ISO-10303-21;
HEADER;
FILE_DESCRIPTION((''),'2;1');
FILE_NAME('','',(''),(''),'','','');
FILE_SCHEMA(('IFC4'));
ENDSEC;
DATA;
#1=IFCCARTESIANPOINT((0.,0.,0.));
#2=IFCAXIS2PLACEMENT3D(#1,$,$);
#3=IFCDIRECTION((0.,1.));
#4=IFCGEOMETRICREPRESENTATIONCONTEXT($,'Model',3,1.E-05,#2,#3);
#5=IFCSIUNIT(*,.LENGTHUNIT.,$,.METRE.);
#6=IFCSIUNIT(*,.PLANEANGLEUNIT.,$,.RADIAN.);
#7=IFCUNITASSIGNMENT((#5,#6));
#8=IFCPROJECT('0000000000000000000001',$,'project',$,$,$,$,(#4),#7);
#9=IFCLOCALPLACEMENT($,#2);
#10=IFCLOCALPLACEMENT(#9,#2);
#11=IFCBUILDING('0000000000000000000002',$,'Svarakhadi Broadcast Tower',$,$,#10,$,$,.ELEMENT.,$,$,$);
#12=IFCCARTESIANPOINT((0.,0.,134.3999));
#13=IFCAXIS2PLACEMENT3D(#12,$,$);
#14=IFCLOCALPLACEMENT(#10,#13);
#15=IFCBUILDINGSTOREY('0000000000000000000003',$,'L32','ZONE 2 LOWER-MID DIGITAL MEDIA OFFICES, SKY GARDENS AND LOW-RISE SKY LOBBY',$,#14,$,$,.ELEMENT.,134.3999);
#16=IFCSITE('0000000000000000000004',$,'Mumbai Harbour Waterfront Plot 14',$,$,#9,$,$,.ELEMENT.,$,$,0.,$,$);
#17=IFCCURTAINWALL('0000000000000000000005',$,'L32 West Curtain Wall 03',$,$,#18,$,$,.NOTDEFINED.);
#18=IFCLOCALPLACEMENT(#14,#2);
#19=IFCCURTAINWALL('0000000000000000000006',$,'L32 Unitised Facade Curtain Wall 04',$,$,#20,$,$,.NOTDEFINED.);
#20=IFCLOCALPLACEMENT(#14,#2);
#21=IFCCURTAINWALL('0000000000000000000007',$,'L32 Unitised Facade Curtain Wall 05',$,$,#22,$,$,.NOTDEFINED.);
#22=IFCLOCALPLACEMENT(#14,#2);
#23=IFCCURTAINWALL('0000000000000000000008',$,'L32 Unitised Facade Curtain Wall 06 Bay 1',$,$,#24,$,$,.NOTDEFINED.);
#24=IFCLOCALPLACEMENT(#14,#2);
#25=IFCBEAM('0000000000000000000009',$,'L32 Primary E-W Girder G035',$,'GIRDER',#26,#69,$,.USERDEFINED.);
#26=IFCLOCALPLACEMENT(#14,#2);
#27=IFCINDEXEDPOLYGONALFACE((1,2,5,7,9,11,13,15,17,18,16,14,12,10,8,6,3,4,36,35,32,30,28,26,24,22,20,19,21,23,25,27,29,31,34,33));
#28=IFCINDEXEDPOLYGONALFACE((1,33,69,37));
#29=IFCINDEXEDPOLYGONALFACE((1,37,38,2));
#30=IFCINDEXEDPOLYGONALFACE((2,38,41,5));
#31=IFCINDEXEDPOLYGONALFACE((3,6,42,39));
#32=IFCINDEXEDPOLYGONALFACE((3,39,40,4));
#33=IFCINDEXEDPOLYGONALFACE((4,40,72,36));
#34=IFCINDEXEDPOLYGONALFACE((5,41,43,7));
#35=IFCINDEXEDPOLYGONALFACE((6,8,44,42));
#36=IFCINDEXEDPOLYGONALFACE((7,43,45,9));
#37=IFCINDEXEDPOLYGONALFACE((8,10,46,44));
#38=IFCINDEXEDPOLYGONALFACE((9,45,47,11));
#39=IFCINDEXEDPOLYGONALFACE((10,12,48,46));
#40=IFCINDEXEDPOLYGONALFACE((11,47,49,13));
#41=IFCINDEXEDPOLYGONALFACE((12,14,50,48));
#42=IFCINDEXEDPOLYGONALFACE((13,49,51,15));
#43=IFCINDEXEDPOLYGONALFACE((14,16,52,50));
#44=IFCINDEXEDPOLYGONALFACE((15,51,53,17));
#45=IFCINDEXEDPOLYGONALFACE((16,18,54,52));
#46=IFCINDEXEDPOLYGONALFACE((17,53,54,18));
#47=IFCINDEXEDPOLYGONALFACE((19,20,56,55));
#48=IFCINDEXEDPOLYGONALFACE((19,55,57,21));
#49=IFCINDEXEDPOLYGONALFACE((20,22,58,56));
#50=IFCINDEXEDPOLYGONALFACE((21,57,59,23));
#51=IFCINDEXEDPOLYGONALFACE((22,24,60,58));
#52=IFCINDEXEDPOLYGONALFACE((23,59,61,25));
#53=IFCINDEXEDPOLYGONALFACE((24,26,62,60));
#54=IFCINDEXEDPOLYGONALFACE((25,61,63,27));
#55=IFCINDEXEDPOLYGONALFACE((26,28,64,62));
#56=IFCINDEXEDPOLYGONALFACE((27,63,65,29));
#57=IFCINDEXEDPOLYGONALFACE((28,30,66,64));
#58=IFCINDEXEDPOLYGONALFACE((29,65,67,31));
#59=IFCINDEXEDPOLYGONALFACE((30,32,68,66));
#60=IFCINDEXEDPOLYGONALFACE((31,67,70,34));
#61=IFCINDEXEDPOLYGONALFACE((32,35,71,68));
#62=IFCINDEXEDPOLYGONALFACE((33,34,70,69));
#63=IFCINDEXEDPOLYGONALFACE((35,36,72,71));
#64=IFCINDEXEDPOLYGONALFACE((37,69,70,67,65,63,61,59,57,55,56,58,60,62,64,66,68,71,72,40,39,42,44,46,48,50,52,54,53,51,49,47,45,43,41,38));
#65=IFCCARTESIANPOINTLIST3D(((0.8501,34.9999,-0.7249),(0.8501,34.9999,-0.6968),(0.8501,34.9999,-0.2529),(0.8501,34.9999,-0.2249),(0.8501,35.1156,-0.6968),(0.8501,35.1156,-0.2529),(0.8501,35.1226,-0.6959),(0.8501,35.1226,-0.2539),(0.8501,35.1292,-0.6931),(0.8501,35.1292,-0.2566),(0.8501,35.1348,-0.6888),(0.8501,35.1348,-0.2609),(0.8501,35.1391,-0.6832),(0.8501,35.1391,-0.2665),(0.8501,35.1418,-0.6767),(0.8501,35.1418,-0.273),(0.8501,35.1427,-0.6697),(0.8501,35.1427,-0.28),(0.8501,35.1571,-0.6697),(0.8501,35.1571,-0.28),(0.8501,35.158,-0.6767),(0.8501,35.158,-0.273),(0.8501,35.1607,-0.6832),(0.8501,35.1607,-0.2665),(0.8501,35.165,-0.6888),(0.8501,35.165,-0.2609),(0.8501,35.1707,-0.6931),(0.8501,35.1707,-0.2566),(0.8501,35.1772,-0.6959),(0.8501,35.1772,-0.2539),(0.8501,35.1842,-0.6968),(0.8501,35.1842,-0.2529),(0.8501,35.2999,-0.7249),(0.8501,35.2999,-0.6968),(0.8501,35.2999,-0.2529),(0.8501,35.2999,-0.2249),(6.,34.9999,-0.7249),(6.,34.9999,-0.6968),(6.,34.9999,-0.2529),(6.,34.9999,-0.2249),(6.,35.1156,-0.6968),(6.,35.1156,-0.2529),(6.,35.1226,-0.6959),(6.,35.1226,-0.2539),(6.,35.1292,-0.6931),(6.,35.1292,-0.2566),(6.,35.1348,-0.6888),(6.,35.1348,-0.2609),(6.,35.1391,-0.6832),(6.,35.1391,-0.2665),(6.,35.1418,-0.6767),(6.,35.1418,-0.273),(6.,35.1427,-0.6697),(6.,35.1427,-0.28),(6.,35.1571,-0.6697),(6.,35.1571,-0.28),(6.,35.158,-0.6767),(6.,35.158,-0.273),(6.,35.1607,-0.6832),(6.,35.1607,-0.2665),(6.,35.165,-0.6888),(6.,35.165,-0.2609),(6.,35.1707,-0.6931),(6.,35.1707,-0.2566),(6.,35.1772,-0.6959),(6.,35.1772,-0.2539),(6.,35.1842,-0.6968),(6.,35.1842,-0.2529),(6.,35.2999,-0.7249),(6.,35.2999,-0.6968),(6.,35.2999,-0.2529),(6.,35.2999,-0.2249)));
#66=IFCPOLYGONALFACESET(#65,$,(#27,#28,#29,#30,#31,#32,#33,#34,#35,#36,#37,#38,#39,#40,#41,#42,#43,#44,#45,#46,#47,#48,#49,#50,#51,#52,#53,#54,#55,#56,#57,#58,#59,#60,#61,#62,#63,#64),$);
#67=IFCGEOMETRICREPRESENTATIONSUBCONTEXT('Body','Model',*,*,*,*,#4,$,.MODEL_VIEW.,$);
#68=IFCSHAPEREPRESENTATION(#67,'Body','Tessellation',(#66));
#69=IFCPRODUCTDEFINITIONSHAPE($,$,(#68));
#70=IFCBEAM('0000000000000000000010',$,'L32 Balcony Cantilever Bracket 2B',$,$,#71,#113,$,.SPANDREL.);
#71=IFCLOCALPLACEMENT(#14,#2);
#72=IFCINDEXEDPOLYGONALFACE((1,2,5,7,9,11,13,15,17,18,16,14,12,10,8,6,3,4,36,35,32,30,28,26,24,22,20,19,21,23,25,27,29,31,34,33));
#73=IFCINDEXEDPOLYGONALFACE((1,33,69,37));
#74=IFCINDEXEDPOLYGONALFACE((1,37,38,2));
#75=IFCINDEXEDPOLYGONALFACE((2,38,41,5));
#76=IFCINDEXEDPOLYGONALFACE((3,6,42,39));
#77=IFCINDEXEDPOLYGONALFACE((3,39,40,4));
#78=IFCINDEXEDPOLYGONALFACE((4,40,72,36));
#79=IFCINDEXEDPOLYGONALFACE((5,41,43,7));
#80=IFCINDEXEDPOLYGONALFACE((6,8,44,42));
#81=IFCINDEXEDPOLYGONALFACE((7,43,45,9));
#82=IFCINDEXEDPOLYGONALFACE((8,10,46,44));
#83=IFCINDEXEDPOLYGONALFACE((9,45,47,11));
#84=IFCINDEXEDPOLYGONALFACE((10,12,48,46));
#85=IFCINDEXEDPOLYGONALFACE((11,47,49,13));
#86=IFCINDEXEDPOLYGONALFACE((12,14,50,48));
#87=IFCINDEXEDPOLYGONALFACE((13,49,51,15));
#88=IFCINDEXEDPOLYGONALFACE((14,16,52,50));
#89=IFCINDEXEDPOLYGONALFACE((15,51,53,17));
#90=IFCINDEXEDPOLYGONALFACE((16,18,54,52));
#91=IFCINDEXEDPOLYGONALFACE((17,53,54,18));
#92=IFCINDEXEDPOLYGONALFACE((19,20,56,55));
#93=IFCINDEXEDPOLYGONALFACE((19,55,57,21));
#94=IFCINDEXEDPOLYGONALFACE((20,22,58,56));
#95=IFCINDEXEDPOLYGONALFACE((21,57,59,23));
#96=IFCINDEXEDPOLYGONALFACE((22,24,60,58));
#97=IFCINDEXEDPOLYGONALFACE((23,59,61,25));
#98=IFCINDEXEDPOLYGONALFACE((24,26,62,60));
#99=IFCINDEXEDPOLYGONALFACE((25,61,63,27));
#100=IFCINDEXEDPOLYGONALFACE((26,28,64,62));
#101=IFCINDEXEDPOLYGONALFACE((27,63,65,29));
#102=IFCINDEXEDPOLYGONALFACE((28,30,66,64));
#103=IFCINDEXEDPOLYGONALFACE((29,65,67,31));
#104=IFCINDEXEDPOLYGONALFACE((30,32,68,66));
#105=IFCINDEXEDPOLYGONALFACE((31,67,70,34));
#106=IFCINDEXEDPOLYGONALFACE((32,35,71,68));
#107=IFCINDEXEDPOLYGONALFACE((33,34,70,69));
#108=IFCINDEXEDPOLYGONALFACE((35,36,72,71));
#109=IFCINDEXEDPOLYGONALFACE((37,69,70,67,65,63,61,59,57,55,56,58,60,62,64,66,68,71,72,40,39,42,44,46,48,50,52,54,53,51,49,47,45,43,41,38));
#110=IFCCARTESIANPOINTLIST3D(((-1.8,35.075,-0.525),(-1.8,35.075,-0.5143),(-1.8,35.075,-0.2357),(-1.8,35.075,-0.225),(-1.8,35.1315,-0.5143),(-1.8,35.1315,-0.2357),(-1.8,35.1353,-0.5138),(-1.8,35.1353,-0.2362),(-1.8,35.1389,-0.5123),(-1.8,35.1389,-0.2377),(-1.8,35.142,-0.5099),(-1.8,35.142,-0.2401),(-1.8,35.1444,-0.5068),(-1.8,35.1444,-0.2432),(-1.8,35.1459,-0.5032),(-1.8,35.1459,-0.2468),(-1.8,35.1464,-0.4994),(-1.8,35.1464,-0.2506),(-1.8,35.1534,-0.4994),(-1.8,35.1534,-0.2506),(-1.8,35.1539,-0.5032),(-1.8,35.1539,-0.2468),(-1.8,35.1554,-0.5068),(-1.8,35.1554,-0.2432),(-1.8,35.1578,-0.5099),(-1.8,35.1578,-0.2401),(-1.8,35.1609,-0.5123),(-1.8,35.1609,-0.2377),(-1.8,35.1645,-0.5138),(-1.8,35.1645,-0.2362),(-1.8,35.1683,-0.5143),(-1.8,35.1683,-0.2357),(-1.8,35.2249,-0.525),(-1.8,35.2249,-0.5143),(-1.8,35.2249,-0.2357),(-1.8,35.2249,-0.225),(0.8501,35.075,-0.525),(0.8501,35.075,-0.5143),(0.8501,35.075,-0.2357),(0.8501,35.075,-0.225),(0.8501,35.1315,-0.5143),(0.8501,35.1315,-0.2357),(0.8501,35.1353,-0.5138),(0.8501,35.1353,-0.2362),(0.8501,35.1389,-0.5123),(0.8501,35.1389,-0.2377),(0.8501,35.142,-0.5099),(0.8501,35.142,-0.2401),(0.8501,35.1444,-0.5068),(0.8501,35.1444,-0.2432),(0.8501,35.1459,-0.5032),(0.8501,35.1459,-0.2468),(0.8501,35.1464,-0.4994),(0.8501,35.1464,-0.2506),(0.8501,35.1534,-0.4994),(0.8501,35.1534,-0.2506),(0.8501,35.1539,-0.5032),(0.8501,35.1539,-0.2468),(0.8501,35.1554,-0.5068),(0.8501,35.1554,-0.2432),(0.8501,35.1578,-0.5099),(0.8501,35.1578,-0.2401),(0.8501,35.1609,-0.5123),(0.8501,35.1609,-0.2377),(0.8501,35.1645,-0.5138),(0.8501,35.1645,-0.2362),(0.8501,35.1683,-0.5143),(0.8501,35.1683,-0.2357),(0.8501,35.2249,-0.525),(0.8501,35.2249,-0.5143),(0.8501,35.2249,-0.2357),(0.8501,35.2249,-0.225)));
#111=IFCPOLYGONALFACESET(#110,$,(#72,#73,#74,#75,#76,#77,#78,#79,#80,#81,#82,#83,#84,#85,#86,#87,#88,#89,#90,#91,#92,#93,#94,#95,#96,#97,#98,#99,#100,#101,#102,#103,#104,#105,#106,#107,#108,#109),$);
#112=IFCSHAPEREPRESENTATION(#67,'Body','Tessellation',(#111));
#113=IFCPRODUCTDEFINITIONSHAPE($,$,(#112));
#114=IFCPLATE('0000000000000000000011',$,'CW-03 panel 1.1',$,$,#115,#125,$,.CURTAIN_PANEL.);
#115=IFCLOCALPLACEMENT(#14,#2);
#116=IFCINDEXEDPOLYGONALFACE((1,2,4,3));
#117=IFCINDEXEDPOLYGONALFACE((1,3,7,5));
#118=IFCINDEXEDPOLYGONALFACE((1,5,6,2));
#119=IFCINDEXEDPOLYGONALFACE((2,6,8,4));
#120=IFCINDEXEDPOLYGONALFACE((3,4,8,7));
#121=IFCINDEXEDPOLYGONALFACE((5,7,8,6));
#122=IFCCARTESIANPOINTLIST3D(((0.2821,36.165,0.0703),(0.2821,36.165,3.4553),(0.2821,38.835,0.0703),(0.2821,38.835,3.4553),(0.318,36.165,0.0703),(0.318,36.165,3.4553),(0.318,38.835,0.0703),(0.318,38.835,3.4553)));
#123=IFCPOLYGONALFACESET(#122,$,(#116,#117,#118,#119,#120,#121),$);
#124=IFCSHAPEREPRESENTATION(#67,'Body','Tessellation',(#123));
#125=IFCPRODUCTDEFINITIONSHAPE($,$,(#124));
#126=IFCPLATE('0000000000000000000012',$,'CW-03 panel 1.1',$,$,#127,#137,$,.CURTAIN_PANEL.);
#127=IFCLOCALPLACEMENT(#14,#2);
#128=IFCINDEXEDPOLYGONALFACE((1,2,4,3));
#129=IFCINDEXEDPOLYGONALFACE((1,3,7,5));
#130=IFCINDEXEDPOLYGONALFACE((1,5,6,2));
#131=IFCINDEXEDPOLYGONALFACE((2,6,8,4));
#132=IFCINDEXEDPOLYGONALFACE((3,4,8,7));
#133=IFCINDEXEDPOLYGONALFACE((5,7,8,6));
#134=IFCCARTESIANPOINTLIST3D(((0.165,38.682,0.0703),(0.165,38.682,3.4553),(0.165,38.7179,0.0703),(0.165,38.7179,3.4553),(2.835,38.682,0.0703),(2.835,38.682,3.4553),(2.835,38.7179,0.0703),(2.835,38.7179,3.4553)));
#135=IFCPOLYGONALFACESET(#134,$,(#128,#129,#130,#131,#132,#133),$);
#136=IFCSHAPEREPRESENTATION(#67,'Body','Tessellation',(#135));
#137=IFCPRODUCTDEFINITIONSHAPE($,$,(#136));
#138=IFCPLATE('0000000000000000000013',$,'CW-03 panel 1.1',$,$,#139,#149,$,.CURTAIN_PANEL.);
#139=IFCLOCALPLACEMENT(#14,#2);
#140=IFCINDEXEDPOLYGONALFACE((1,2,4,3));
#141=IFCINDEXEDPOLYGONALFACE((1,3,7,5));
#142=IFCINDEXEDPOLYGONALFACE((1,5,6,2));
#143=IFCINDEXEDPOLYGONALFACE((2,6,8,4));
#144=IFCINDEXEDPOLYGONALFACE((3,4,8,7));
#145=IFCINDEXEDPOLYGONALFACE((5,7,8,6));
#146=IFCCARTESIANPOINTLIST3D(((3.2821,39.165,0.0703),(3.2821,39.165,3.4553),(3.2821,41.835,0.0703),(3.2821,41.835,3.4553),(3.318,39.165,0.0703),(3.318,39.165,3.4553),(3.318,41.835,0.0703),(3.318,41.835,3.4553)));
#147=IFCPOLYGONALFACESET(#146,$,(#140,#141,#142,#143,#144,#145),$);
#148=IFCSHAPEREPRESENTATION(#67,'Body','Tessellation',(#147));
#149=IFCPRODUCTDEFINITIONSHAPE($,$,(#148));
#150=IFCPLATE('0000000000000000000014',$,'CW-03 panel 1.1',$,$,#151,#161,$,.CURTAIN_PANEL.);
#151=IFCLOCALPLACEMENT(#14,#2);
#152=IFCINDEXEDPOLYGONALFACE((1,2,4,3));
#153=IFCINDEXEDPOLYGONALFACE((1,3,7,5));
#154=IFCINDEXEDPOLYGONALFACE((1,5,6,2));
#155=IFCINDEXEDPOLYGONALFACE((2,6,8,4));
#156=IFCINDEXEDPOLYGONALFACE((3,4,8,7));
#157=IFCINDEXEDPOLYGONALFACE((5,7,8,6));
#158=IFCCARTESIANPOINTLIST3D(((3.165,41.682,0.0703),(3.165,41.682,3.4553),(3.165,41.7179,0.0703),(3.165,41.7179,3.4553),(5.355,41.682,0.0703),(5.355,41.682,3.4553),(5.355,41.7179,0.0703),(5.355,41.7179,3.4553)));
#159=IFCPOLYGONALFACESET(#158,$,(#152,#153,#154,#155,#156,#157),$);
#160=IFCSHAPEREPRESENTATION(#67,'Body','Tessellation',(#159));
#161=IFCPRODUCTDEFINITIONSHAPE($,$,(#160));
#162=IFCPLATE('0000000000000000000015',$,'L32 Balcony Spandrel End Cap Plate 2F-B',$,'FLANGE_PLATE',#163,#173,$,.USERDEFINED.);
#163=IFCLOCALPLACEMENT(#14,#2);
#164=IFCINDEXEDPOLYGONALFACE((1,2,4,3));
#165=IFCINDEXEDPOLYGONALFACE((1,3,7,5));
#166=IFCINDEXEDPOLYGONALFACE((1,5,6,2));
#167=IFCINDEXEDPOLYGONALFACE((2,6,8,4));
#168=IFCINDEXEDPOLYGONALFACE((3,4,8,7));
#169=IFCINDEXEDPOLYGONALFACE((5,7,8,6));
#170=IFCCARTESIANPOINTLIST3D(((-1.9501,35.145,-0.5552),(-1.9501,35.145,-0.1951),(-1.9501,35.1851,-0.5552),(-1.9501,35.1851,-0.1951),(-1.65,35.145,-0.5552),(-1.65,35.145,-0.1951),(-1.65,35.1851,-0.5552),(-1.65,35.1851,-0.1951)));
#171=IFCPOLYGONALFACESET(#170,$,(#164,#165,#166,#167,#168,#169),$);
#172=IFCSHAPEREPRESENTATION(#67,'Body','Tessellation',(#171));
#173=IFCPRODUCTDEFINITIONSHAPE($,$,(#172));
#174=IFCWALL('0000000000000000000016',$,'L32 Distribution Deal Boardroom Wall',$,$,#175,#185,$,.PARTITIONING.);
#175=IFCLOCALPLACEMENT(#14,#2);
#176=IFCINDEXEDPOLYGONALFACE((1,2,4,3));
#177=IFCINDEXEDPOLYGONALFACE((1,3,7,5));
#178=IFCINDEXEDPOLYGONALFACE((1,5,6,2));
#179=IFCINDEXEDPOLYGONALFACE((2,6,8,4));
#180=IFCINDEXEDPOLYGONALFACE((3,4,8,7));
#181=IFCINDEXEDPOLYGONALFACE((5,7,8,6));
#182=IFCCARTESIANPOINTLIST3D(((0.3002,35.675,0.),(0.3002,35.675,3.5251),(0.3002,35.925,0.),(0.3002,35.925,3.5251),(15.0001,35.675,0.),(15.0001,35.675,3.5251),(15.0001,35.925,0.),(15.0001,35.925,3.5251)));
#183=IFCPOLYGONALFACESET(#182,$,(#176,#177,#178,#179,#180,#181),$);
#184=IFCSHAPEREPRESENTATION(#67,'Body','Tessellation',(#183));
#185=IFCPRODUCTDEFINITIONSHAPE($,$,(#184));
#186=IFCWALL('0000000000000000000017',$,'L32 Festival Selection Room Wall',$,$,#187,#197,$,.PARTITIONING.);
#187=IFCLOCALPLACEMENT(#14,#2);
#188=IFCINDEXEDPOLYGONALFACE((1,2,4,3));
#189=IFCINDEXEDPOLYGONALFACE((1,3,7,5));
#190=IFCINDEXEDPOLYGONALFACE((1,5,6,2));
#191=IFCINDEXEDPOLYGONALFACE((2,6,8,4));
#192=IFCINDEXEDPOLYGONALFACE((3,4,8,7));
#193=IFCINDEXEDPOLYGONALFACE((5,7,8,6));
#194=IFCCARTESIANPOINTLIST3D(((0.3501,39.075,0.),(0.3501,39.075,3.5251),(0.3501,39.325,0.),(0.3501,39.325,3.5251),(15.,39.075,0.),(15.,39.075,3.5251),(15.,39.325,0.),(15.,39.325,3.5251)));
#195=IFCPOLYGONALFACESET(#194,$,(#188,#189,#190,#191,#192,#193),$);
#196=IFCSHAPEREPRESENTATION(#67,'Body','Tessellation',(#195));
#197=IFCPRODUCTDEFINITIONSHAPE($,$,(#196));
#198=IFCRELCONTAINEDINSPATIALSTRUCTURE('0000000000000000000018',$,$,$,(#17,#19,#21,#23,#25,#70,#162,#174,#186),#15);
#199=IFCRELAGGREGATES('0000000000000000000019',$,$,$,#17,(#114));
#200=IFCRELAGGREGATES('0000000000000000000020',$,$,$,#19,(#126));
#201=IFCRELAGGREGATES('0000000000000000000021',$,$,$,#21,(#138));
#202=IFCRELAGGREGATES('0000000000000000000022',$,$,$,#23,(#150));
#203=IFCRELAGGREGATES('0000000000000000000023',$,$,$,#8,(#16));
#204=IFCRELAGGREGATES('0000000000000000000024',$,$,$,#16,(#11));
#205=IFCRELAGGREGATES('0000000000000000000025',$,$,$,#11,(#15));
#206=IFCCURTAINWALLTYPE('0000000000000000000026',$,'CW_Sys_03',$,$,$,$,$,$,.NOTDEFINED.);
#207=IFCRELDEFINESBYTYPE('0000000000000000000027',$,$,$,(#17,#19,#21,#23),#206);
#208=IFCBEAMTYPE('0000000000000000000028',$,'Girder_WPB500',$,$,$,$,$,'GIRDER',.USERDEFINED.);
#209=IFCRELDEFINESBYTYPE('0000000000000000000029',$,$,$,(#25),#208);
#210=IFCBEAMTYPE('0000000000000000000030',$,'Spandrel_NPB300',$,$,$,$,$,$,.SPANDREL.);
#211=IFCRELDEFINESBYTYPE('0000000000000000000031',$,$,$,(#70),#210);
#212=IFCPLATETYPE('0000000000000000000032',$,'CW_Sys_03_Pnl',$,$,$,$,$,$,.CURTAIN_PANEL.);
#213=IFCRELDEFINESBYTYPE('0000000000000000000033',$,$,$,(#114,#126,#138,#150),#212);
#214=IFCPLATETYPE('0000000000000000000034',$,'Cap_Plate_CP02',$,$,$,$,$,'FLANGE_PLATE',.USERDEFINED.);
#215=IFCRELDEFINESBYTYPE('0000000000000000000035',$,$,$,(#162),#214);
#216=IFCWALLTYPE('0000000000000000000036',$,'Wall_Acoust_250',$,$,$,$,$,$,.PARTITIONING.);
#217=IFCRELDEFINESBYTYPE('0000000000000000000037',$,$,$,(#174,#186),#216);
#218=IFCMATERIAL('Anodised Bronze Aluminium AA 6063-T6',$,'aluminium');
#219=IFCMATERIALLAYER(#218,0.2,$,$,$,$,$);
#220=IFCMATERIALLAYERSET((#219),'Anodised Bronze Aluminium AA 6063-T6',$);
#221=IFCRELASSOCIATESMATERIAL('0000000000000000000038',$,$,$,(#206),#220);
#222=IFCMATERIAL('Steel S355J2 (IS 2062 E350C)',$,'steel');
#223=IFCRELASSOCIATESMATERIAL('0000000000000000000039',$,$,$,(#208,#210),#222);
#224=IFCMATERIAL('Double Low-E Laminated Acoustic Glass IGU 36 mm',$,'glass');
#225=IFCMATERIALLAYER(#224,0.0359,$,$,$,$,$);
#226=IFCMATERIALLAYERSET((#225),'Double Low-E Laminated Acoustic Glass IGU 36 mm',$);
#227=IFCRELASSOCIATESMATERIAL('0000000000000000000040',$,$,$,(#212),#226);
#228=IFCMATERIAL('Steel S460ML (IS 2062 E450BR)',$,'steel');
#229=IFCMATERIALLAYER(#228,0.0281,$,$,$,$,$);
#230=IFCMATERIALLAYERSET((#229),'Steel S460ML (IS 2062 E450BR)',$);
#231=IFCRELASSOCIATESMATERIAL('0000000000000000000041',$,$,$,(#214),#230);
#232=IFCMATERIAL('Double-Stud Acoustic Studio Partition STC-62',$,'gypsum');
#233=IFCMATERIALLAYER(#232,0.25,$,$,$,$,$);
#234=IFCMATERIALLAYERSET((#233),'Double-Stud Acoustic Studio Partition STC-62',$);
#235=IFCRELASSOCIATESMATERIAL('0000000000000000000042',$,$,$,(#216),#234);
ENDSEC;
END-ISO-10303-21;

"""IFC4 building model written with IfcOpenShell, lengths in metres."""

from ifc_helpers import new_model, si_unit, direction, frame, frame_2d, origin, origin_2d, place, context, subcontext, project, spatial, rectangle, i_section, extrude, material, layer, layer_set, material_profile, profile_set, type_object, element, aggregate, save


model = new_model("IFC4")

# Units and contexts
model_context = context("Model", 3, precision=1e-05, world=origin(), true_north=direction((0.0, 1.0)))
body_context = subcontext(model_context, "Body", "Model", "MODEL_VIEW")
ifc_project = project(units=[si_unit("LENGTHUNIT", "METRE"), si_unit("PLANEANGLEUNIT", "RADIAN")], contexts=[model_context])

# Site, building, storey
site_placement = place(None, origin())
site = spatial("IfcSite", under=ifc_project, at=site_placement, Name="Mumbai Harbour Waterfront Plot 14", CompositionType="ELEMENT", RefElevation=0.0)
building_placement = place(site_placement, origin())
building = spatial("IfcBuilding", under=site, at=building_placement, Name="Svarakhadi Broadcast Tower", CompositionType="ELEMENT")
storey_placement = place(building_placement, frame((0.0, 0.0, 134.3999)))
storey = spatial("IfcBuildingStorey", under=building, at=storey_placement, Name="L32", Description="ZONE 2 LOWER-MID DIGITAL MEDIA OFFICES, SKY GARDENS AND LOW-RISE SKY LOBBY", CompositionType="ELEMENT", Elevation=134.3999)

# Shared definitions
ifc_material_1 = material(Name="Steel S460ML (IS 2062 E450BR)", Category="steel")

# Curtain walls
ifc_material_2 = material(Name="Anodised Bronze Aluminium AA 6063-T6", Category="aluminium")
ifc_layer_1 = layer(ifc_material_2, 0.2)
ifc_layer_set_1 = layer_set([ifc_layer_1], Name="Anodised Bronze Aluminium AA 6063-T6")
curtain_wall_type = type_object("IfcCurtainWallType", Name="CW_Sys_03", PredefinedType="NOTDEFINED", material=ifc_layer_set_1)
curtain_wall_1_placement = place(storey_placement, origin())
curtain_wall_1 = element("IfcCurtainWall", 1, at=curtain_wall_1_placement, inside=storey, type_object=curtain_wall_type, Name="L32 West Curtain Wall 03", PredefinedType="NOTDEFINED")
curtain_wall_2_placement = place(storey_placement, origin())
curtain_wall_2 = element("IfcCurtainWall", 2, at=curtain_wall_2_placement, inside=storey, type_object=curtain_wall_type, Name="L32 Unitised Facade Curtain Wall 04", PredefinedType="NOTDEFINED")
curtain_wall_3_placement = place(storey_placement, origin())
curtain_wall_3 = element("IfcCurtainWall", 3, at=curtain_wall_3_placement, inside=storey, type_object=curtain_wall_type, Name="L32 Unitised Facade Curtain Wall 05", PredefinedType="NOTDEFINED")
curtain_wall_4_placement = place(storey_placement, origin())
curtain_wall_4 = element("IfcCurtainWall", 4, at=curtain_wall_4_placement, inside=storey, type_object=curtain_wall_type, Name="L32 Unitised Facade Curtain Wall 06 Bay 1", PredefinedType="NOTDEFINED")

# Beams
ifc_material_3 = material(Name="Steel S355J2 (IS 2062 E350C)", Category="steel")
ifc_material_profile_1 = material_profile(ifc_material_3, i_section(OverallWidth=0.3, OverallDepth=0.5, WebThickness=0.0144, FlangeThickness=0.0281, FilletRadius=0.0271, at=origin_2d()), Name="WPB 500x300x187")
ifc_profile_set_1 = profile_set([ifc_material_profile_1], Name="Steel S355J2 (IS 2062 E350C)")
beam_type_1 = type_object("IfcBeamType", Name="Girder_WPB500", ElementType="GIRDER", PredefinedType="USERDEFINED", material=ifc_profile_set_1)
beam_1_placement = place(storey_placement, frame((0.8501, 35.1499, -0.4749), z_axis=(1.0, 0.0, 0.0), x_axis=(0.0, 1.0, 0.0)))
element("IfcBeam", 5, at=beam_1_placement, inside=storey, type_object=beam_type_1, Name="L32 Primary E-W Girder G035", ObjectType="GIRDER", PredefinedType="USERDEFINED", context=body_context, shape_type="SweptSolid", body=[
    extrude(i_section(OverallWidth=0.3, OverallDepth=0.5, WebThickness=0.0144, FlangeThickness=0.0281, FilletRadius=0.0271, at=origin_2d()), origin(), (0.0, 0.0, 1.0), 5.1499),
])
ifc_material_profile_2 = material_profile(ifc_material_3, i_section(OverallWidth=0.1499, OverallDepth=0.3, WebThickness=0.0071, FlangeThickness=0.0107, FilletRadius=0.0149, at=origin_2d()), Name="NPB 300x150x37")
ifc_profile_set_2 = profile_set([ifc_material_profile_2], Name="Steel S355J2 (IS 2062 E350C)")
beam_type_2 = type_object("IfcBeamType", Name="Spandrel_NPB300", PredefinedType="SPANDREL", material=ifc_profile_set_2)
beam_2_placement = place(storey_placement, frame((0.8501, 35.1499, -0.375), z_axis=(-1.0, 0.0, 0.0), x_axis=(0.0, -1.0, 0.0)))
element("IfcBeam", 6, at=beam_2_placement, inside=storey, type_object=beam_type_2, Name="L32 Balcony Cantilever Bracket 2B", PredefinedType="SPANDREL", context=body_context, shape_type="SweptSolid", body=[
    extrude(i_section(OverallWidth=0.1499, OverallDepth=0.3, WebThickness=0.0071, FlangeThickness=0.0107, FilletRadius=0.0149, at=origin_2d()), origin(), (0.0, 0.0, 1.0), 2.6501),
])

# Plates
ifc_material_4 = material(Name="Double Low-E Laminated Acoustic Glass IGU 36 mm", Category="glass")
ifc_layer_2 = layer(ifc_material_4, 0.0359)
ifc_layer_set_2 = layer_set([ifc_layer_2], Name="Double Low-E Laminated Acoustic Glass IGU 36 mm")
plate_type_1 = type_object("IfcPlateType", Name="CW_Sys_03_Pnl", PredefinedType="CURTAIN_PANEL", material=ifc_layer_set_2)
plate_1_placement = place(storey_placement, frame((0.3, 37.5, 0.0703), z_axis=(0.0, 0.0, 1.0), x_axis=(0.0, 1.0, 0.0)))
plate_1 = element("IfcPlate", 7, at=plate_1_placement, type_object=plate_type_1, Name="CW-03 panel 1.1", PredefinedType="CURTAIN_PANEL", context=body_context, shape_type="SweptSolid", body=[
    extrude(rectangle(XDim=2.6699, YDim=0.0359, at=origin_2d()), origin(), (0.0, 0.0, 1.0), 3.385),
])
aggregate(curtain_wall_1, [plate_1])
plate_2_placement = place(storey_placement, frame((1.5, 38.7, 0.0703), z_axis=(0.0, 0.0, 1.0), x_axis=(1.0, 0.0, 0.0)))
plate_2 = element("IfcPlate", 8, at=plate_2_placement, type_object=plate_type_1, Name="CW-03 panel 1.1", PredefinedType="CURTAIN_PANEL", context=body_context, shape_type="SweptSolid", body=[
    extrude(rectangle(XDim=2.6699, YDim=0.0359, at=origin_2d()), origin(), (0.0, 0.0, 1.0), 3.385),
])
aggregate(curtain_wall_2, [plate_2])
plate_3_placement = place(storey_placement, frame((3.3, 40.5, 0.0703), z_axis=(0.0, 0.0, 1.0), x_axis=(0.0, 1.0, 0.0)))
plate_3 = element("IfcPlate", 9, at=plate_3_placement, type_object=plate_type_1, Name="CW-03 panel 1.1", PredefinedType="CURTAIN_PANEL", context=body_context, shape_type="SweptSolid", body=[
    extrude(rectangle(XDim=2.6699, YDim=0.0359, at=origin_2d()), origin(), (0.0, 0.0, 1.0), 3.385),
])
aggregate(curtain_wall_3, [plate_3])
plate_4_placement = place(storey_placement, frame((4.26, 41.7, 0.0703), z_axis=(0.0, 0.0, 1.0), x_axis=(1.0, 0.0, 0.0)))
plate_4 = element("IfcPlate", 10, at=plate_4_placement, type_object=plate_type_1, Name="CW-03 panel 1.1", PredefinedType="CURTAIN_PANEL", context=body_context, shape_type="SweptSolid", body=[
    extrude(rectangle(XDim=2.1899, YDim=0.0359, at=origin_2d()), origin(), (0.0, 0.0, 1.0), 3.385),
])
aggregate(curtain_wall_4, [plate_4])
ifc_layer_3 = layer(ifc_material_1, 0.0281)
ifc_layer_set_3 = layer_set([ifc_layer_3], Name="Steel S460ML (IS 2062 E450BR)")
plate_type_2 = type_object("IfcPlateType", Name="Cap_Plate_CP02", ElementType="FLANGE_PLATE", PredefinedType="USERDEFINED", material=ifc_layer_set_3)
plate_5_placement = place(storey_placement, frame((-1.8, 35.165, -0.5552), z_axis=(0.0, 0.0, 1.0), x_axis=(1.0, 0.0, 0.0)))
element("IfcPlate", 11, at=plate_5_placement, inside=storey, type_object=plate_type_2, Name="L32 Balcony Spandrel End Cap Plate 2F-B", ObjectType="FLANGE_PLATE", PredefinedType="USERDEFINED", context=body_context, shape_type="SweptSolid", body=[
    extrude(rectangle(XDim=0.3, YDim=0.04, at=origin_2d()), origin(), (0.0, 0.0, 1.0), 0.3601),
])

# Walls
ifc_material_5 = material(Name="Double-Stud Acoustic Studio Partition STC-62", Category="gypsum")
ifc_layer_4 = layer(ifc_material_5, 0.25)
ifc_layer_set_4 = layer_set([ifc_layer_4], Name="Double-Stud Acoustic Studio Partition STC-62")
wall_type_1 = type_object("IfcWallType", Name="Wall_Acoust_250", PredefinedType="PARTITIONING", material=ifc_layer_set_4)
wall_1_placement = place(storey_placement, frame((0.3, 35.8, 0.0), z_axis=(0.0, 0.0, 1.0), x_axis=(1.0, 0.0, 0.0)))
element("IfcWall", 12, at=wall_1_placement, inside=storey, type_object=wall_type_1, Name="L32 Distribution Deal Boardroom Wall", PredefinedType="PARTITIONING", context=body_context, shape_type="SweptSolid", body=[
    extrude(rectangle(XDim=14.7, YDim=0.25, at=frame_2d((7.3501, 0.0))), origin(), (0.0, 0.0, 1.0), 3.5251),
])
wall_2_placement = place(storey_placement, frame((0.3501, 39.2, 0.0), z_axis=(0.0, 0.0, 1.0), x_axis=(1.0, 0.0, 0.0)))
element("IfcWall", 13, at=wall_2_placement, inside=storey, type_object=wall_type_1, Name="L32 Festival Selection Room Wall", PredefinedType="PARTITIONING", context=body_context, shape_type="SweptSolid", body=[
    extrude(rectangle(XDim=14.6499, YDim=0.25, at=frame_2d((7.325, 0.0))), origin(), (0.0, 0.0, 1.0), 3.5251),
])

save(model, "model.ifc")
